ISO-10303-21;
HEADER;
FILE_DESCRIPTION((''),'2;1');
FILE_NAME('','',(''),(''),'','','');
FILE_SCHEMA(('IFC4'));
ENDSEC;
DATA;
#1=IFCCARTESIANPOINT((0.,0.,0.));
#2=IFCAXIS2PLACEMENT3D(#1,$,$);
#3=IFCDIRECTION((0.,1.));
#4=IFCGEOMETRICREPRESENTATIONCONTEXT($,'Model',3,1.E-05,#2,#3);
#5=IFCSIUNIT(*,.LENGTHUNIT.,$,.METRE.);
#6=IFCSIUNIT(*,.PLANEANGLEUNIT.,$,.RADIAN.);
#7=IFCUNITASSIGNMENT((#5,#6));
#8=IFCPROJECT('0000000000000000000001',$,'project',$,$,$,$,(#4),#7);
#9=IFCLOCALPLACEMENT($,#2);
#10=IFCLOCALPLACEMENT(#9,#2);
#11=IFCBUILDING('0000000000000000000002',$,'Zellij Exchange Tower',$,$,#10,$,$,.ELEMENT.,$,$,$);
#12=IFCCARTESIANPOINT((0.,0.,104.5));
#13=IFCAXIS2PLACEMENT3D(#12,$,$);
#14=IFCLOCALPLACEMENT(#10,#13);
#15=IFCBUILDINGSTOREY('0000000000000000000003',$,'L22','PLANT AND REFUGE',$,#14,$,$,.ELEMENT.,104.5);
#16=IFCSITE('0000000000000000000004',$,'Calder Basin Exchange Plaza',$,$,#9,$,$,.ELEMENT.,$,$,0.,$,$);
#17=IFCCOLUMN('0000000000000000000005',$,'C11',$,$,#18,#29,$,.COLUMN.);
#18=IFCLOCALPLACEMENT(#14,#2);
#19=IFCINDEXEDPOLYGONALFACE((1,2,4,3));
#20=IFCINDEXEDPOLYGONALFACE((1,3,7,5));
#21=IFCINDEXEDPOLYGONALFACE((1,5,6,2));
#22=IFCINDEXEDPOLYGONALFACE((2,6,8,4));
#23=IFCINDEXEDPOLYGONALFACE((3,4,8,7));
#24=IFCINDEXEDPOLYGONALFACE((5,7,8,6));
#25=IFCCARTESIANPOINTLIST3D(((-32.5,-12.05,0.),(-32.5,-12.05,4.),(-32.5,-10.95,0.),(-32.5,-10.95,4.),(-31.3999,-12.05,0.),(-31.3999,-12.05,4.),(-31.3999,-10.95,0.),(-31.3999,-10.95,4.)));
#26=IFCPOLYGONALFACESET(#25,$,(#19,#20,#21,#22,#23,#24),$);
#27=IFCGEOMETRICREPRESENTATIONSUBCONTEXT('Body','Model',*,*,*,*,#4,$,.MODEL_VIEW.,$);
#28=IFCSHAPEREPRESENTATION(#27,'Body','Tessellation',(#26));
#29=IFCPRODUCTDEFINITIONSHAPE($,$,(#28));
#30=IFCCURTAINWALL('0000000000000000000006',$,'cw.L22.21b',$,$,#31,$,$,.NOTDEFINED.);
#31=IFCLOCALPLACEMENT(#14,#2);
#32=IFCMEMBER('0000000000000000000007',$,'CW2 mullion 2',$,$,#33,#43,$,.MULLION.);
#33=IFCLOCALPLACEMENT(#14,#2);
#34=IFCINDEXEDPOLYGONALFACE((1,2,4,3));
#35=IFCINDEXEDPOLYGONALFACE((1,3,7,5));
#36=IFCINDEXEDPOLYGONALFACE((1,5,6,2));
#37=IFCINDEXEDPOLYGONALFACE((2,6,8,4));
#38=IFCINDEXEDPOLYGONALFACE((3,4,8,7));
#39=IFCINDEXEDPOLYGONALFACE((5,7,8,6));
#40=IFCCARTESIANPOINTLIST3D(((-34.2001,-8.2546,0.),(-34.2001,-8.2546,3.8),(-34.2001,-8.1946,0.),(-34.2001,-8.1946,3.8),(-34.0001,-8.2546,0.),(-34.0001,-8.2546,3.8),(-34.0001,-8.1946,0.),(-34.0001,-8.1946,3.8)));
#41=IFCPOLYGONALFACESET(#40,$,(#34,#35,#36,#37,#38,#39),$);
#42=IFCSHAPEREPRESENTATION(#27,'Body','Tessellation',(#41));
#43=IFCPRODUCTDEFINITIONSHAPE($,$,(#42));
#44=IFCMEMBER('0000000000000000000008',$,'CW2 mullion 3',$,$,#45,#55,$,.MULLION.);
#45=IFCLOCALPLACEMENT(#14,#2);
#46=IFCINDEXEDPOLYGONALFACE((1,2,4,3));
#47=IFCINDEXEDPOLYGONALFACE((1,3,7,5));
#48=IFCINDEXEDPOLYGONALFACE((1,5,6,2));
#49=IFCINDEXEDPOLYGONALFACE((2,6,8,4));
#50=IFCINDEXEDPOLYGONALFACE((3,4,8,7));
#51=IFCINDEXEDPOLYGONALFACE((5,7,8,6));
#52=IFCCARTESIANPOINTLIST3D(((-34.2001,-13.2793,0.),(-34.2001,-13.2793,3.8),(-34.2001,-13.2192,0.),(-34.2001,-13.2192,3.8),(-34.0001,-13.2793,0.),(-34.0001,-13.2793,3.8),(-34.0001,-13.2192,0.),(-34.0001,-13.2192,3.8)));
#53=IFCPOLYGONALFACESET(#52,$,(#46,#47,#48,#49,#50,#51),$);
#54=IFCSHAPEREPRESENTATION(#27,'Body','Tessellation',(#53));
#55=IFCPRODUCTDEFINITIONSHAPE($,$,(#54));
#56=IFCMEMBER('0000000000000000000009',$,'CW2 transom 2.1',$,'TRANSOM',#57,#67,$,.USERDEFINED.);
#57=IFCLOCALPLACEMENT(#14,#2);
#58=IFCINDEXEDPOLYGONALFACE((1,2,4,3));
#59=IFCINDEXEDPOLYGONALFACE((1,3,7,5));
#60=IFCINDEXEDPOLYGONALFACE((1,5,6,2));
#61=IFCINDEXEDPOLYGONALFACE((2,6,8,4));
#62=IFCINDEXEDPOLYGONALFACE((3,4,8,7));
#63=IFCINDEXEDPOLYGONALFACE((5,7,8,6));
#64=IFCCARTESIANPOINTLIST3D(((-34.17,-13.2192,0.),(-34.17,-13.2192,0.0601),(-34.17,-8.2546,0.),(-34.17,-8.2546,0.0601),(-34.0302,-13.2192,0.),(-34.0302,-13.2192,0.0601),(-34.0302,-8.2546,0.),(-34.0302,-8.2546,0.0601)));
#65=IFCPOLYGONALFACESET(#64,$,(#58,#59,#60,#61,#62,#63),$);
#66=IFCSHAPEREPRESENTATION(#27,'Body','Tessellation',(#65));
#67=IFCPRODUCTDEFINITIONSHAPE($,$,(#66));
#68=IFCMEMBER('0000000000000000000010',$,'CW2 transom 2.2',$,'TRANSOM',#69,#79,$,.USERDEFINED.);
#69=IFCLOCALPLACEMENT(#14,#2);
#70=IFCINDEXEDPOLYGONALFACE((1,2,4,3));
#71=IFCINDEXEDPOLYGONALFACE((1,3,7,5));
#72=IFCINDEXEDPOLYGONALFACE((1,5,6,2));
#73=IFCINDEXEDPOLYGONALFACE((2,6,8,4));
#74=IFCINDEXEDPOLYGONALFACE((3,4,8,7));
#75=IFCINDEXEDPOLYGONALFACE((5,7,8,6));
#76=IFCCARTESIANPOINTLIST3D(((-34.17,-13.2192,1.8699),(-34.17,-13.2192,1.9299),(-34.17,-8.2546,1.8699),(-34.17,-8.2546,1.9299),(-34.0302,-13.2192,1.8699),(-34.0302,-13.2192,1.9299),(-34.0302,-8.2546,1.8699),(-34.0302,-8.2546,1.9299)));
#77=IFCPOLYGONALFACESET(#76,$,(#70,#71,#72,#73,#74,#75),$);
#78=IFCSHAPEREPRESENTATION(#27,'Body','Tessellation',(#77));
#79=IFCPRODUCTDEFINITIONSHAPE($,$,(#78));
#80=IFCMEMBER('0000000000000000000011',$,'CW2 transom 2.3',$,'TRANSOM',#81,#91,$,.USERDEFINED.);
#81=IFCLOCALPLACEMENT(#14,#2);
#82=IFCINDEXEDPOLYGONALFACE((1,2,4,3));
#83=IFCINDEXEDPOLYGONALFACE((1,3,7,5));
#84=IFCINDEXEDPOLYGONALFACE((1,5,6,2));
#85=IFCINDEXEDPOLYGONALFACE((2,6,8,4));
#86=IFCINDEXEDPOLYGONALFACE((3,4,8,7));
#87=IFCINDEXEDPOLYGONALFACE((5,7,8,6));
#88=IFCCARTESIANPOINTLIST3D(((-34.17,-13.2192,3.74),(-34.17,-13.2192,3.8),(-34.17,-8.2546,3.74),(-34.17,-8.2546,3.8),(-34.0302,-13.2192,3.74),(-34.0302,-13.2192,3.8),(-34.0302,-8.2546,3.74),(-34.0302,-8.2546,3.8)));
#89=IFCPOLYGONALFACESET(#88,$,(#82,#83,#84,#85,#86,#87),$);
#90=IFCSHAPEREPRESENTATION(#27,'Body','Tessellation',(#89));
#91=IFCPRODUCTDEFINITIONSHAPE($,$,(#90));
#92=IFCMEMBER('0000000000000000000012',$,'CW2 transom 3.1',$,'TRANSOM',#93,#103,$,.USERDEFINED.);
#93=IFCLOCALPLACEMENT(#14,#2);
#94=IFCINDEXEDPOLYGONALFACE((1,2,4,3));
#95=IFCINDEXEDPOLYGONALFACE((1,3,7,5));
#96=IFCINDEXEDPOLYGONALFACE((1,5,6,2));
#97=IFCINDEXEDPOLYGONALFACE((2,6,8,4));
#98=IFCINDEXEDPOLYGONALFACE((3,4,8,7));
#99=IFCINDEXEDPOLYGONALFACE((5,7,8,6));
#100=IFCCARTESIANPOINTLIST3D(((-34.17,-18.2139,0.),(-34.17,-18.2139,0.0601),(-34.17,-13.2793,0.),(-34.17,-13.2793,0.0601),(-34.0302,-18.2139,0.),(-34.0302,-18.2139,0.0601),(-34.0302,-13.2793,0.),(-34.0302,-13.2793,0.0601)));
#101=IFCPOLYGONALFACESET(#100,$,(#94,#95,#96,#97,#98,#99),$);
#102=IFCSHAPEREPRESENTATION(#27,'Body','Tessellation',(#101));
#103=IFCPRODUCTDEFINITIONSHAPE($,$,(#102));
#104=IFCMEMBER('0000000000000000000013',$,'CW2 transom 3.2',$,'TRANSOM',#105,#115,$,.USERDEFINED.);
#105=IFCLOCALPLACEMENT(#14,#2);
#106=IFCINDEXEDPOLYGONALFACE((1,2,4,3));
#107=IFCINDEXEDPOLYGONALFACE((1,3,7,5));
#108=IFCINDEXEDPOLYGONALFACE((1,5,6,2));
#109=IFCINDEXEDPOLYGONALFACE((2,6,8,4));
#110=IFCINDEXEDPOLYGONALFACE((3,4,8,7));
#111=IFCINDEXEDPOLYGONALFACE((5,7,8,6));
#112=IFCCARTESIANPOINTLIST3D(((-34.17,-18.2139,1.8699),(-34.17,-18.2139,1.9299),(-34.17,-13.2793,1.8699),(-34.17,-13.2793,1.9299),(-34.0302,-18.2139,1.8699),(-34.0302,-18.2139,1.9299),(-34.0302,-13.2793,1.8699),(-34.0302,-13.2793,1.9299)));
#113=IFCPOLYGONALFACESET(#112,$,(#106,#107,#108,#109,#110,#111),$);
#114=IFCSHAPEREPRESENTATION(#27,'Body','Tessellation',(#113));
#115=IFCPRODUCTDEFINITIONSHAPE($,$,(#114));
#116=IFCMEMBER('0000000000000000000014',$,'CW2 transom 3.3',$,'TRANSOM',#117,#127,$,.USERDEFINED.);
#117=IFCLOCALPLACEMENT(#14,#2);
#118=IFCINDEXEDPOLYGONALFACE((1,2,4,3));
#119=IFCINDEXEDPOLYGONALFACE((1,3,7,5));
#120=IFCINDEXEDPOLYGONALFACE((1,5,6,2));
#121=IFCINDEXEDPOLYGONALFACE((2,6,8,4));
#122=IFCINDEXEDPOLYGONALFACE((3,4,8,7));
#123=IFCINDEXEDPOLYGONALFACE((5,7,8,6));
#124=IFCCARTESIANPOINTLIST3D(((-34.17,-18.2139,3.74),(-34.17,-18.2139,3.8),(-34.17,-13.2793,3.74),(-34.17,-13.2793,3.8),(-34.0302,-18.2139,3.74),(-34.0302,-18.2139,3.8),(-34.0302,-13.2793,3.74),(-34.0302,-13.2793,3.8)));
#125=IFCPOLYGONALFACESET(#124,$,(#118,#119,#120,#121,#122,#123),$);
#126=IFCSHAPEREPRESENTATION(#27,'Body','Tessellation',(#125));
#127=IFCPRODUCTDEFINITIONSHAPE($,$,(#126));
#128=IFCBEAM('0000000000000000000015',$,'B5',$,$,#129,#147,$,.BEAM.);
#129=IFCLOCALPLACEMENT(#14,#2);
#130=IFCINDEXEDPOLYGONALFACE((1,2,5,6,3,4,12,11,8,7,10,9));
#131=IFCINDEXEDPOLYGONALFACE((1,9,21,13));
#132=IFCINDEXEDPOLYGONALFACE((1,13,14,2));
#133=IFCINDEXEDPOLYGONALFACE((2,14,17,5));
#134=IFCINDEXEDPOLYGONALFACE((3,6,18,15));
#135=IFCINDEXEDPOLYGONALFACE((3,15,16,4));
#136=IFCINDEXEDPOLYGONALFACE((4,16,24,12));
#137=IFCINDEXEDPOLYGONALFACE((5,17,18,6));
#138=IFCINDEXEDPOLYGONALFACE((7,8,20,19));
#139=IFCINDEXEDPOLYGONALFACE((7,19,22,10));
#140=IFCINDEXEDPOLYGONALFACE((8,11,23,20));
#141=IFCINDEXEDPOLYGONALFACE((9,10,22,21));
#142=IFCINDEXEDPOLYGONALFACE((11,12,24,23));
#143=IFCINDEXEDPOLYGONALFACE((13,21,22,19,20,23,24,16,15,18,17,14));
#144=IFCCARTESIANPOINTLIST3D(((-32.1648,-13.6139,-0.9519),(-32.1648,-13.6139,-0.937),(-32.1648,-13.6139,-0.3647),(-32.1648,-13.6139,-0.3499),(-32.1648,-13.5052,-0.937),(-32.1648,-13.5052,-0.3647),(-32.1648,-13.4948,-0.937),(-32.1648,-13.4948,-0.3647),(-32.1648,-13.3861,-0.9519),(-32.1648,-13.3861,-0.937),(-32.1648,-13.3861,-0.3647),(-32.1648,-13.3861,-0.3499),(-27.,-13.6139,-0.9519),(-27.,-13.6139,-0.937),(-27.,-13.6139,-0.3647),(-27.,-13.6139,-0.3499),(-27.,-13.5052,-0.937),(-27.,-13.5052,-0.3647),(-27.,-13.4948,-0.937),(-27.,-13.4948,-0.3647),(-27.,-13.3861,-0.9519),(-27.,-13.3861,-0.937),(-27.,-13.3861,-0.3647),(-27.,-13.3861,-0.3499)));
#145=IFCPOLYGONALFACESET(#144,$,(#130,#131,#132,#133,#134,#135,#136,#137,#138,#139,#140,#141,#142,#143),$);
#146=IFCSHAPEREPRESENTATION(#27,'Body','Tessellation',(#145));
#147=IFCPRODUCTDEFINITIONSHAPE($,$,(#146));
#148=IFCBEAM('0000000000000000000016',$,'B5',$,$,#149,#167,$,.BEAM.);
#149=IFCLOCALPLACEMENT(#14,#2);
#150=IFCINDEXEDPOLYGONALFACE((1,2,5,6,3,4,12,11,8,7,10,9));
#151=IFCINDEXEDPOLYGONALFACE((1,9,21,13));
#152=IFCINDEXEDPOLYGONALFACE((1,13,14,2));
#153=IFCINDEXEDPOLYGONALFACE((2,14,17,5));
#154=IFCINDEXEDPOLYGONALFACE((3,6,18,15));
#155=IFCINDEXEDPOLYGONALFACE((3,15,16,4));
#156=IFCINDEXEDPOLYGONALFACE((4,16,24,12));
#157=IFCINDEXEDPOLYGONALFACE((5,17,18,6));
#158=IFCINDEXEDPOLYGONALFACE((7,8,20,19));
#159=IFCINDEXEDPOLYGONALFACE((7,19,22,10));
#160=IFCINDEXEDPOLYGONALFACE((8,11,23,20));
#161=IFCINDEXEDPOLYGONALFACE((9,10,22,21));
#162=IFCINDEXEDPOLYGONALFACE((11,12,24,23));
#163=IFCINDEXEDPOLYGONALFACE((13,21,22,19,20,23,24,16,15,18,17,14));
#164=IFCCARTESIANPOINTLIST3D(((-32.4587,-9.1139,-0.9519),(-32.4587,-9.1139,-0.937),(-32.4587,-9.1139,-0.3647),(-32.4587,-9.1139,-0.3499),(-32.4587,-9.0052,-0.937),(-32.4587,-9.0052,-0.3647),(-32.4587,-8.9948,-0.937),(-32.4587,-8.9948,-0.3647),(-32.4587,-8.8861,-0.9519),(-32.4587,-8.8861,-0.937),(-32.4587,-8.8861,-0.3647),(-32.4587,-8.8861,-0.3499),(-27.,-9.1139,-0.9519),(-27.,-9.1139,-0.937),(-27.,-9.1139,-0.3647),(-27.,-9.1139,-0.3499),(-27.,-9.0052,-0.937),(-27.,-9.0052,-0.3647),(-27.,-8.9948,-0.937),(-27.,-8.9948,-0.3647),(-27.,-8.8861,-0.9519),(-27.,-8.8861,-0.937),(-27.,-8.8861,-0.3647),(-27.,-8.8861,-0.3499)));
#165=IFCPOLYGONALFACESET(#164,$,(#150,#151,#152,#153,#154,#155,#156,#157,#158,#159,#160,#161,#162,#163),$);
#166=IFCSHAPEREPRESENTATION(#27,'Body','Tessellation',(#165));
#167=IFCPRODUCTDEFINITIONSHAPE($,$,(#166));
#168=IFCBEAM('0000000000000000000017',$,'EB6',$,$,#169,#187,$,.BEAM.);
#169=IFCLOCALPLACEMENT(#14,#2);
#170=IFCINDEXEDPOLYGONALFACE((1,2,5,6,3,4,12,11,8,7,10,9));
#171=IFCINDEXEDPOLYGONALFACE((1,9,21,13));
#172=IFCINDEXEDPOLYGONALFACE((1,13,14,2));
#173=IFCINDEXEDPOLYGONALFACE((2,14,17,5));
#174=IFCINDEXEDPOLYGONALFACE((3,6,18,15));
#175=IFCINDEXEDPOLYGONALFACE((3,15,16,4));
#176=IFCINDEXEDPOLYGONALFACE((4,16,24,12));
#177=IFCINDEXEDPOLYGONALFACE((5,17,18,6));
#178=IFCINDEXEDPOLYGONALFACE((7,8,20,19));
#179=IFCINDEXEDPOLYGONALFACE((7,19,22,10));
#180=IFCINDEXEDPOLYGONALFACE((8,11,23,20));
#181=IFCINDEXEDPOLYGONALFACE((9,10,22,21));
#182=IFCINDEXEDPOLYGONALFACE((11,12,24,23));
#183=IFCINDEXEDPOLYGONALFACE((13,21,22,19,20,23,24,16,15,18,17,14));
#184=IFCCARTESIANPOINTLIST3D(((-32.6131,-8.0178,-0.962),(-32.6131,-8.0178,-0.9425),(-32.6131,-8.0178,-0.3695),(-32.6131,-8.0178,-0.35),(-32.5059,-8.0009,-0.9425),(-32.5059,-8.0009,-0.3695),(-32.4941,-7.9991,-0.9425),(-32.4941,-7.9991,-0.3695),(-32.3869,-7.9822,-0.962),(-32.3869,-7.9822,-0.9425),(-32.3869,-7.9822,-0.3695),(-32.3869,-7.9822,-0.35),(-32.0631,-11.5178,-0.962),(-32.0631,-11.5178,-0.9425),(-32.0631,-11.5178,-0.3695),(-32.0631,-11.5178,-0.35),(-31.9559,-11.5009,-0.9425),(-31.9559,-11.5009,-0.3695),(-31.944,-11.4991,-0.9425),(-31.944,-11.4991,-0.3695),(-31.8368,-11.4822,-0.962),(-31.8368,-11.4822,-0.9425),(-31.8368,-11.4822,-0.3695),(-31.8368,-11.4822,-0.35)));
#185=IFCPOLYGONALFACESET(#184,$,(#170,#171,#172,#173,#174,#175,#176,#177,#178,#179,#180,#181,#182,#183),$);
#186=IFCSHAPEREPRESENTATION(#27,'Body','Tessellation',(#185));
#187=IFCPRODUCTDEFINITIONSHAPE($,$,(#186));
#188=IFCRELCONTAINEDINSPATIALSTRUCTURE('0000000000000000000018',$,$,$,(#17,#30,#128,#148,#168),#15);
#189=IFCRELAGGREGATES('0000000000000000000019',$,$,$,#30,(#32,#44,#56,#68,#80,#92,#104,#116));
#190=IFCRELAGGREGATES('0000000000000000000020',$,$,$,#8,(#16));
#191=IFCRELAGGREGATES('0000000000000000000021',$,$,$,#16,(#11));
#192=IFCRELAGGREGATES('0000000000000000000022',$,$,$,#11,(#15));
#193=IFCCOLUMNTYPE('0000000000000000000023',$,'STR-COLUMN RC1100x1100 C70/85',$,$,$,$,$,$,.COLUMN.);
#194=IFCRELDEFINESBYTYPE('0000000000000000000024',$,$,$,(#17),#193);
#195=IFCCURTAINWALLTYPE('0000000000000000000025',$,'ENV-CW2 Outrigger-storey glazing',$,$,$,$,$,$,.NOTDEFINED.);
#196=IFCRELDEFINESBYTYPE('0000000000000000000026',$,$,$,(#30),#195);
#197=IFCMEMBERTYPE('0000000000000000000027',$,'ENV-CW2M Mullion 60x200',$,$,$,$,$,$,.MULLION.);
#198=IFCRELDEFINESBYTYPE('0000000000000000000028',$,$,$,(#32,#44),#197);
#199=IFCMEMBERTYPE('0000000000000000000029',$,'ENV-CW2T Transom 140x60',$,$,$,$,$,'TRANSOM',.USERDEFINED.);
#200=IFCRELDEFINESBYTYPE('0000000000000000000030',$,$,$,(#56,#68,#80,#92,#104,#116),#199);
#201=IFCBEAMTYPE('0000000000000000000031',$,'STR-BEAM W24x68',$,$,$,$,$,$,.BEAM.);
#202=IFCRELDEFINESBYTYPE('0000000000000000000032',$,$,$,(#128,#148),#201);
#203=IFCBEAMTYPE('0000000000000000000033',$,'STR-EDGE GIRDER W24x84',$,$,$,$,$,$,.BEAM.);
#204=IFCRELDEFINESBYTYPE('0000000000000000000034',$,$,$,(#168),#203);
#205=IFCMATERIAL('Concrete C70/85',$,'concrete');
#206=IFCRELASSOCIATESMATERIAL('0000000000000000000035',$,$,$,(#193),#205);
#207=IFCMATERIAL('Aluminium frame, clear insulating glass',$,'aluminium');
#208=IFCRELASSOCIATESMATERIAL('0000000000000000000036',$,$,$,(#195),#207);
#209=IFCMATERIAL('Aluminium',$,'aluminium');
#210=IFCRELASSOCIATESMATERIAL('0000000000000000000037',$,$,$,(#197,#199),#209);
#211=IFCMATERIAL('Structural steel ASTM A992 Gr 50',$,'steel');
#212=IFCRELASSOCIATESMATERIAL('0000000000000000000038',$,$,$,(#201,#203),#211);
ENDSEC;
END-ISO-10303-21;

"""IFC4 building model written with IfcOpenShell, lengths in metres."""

from ifc_helpers import new_model, si_unit, direction, frame, origin, origin_2d, place, context, subcontext, project, spatial, rectangle, i_section, extrude, material, material_profile, profile_set, type_object, element, aggregate, save


model = new_model("IFC4")

# Units and contexts
model_context = context("Model", 3, precision=1e-05, world=origin(), true_north=direction((0.0, 1.0)))
body_context = subcontext(model_context, "Body", "Model", "MODEL_VIEW")
ifc_project = project(units=[si_unit("LENGTHUNIT", "METRE"), si_unit("PLANEANGLEUNIT", "RADIAN")], contexts=[model_context])

# Site, building, storey
site_placement = place(None, origin())
site = spatial("IfcSite", under=ifc_project, at=site_placement, Name="Calder Basin Exchange Plaza", CompositionType="ELEMENT", RefElevation=0.0)
building_placement = place(site_placement, origin())
building = spatial("IfcBuilding", under=site, at=building_placement, Name="Zellij Exchange Tower", CompositionType="ELEMENT")
storey_placement = place(building_placement, frame((0.0, 0.0, 104.5)))
storey = spatial("IfcBuildingStorey", under=building, at=storey_placement, Name="L22", Description="PLANT AND REFUGE", CompositionType="ELEMENT", Elevation=104.5)

# Column
ifc_material_1 = material(Name="Concrete C70/85", Category="concrete")
ifc_material_profile_1 = material_profile(ifc_material_1, rectangle(XDim=1.1001, YDim=1.1001, at=origin_2d()), Name="STR-COLUMN RC1100x1100 C70/85")
ifc_profile_set_1 = profile_set([ifc_material_profile_1], Name="Concrete C70/85")
column_type = type_object("IfcColumnType", Name="STR-COLUMN RC1100x1100 C70/85", PredefinedType="COLUMN", material=ifc_profile_set_1)
column_placement = place(storey_placement, frame((-31.95, -11.5, 0.0), z_axis=(0.0, 0.0, 1.0), x_axis=(1.0, 0.0, 0.0)))
element("IfcColumn", 1, at=column_placement, inside=storey, type_object=column_type, Name="C11", PredefinedType="COLUMN", context=body_context, shape_type="SweptSolid", body=[
    extrude(rectangle(XDim=1.1001, YDim=1.1001, at=origin_2d()), origin(), (0.0, 0.0, 1.0), 4.0),
])

# Curtain wall, members
ifc_material_2 = material(Name="Aluminium frame, clear insulating glass", Category="aluminium")
curtain_wall_type = type_object("IfcCurtainWallType", Name="ENV-CW2 Outrigger-storey glazing", PredefinedType="NOTDEFINED", material=ifc_material_2)
curtain_wall_placement = place(storey_placement, origin())
curtain_wall = element("IfcCurtainWall", 2, at=curtain_wall_placement, inside=storey, type_object=curtain_wall_type, Name="cw.L22.21b", PredefinedType="NOTDEFINED")
ifc_material_3 = material(Name="Aluminium", Category="aluminium")
ifc_material_profile_2 = material_profile(ifc_material_3, rectangle(XDim=0.0601, YDim=0.2, at=origin_2d()), Name="AL 60x200")
ifc_profile_set_2 = profile_set([ifc_material_profile_2], Name="Aluminium")
member_type_1 = type_object("IfcMemberType", Name="ENV-CW2M Mullion 60x200", PredefinedType="MULLION", material=ifc_profile_set_2)
member_1_placement = place(storey_placement, frame((-34.1001, -8.2246, 0.0), z_axis=(0.0, 0.0, 1.0), x_axis=(0.0, -1.0, 0.0)))
member_1 = element("IfcMember", 3, at=member_1_placement, type_object=member_type_1, Name="CW2 mullion 2", PredefinedType="MULLION", context=body_context, shape_type="SweptSolid", body=[
    extrude(rectangle(XDim=0.0601, YDim=0.2, at=origin_2d()), origin(), (0.0, 0.0, 1.0), 3.8),
])
member_2_placement = place(storey_placement, frame((-34.1001, -13.2493, 0.0), z_axis=(0.0, 0.0, 1.0), x_axis=(0.0, -1.0, 0.0)))
member_2 = element("IfcMember", 4, at=member_2_placement, type_object=member_type_1, Name="CW2 mullion 3", PredefinedType="MULLION", context=body_context, shape_type="SweptSolid", body=[
    extrude(rectangle(XDim=0.0601, YDim=0.2, at=origin_2d()), origin(), (0.0, 0.0, 1.0), 3.8),
])
ifc_material_profile_3 = material_profile(ifc_material_3, rectangle(XDim=0.1399, YDim=0.0601, at=origin_2d()), Name="AL 140x60")
ifc_profile_set_3 = profile_set([ifc_material_profile_3], Name="Aluminium")
member_type_2 = type_object("IfcMemberType", Name="ENV-CW2T Transom 140x60", ElementType="TRANSOM", PredefinedType="USERDEFINED", material=ifc_profile_set_3)
member_3_placement = place(storey_placement, frame((-34.1001, -8.2546, 0.03), z_axis=(0.0, -1.0, 0.0), x_axis=(1.0, 0.0, 0.0)))
member_3 = element("IfcMember", 5, at=member_3_placement, type_object=member_type_2, Name="CW2 transom 2.1", ObjectType="TRANSOM", PredefinedType="USERDEFINED", context=body_context, shape_type="SweptSolid", body=[
    extrude(rectangle(XDim=0.1399, YDim=0.0601, at=origin_2d()), origin(), (0.0, 0.0, 1.0), 4.9646),
])
member_4_placement = place(storey_placement, frame((-34.1001, -8.2546, 1.8999), z_axis=(0.0, -1.0, 0.0), x_axis=(1.0, 0.0, 0.0)))
member_4 = element("IfcMember", 6, at=member_4_placement, type_object=member_type_2, Name="CW2 transom 2.2", ObjectType="TRANSOM", PredefinedType="USERDEFINED", context=body_context, shape_type="SweptSolid", body=[
    extrude(rectangle(XDim=0.1399, YDim=0.0601, at=origin_2d()), origin(), (0.0, 0.0, 1.0), 4.9646),
])
member_5_placement = place(storey_placement, frame((-34.1001, -8.2546, 3.77), z_axis=(0.0, -1.0, 0.0), x_axis=(1.0, 0.0, 0.0)))
member_5 = element("IfcMember", 7, at=member_5_placement, type_object=member_type_2, Name="CW2 transom 2.3", ObjectType="TRANSOM", PredefinedType="USERDEFINED", context=body_context, shape_type="SweptSolid", body=[
    extrude(rectangle(XDim=0.1399, YDim=0.0601, at=origin_2d()), origin(), (0.0, 0.0, 1.0), 4.9646),
])
member_6_placement = place(storey_placement, frame((-34.1001, -13.2793, 0.03), z_axis=(0.0, -1.0, 0.0), x_axis=(1.0, 0.0, 0.0)))
member_6 = element("IfcMember", 8, at=member_6_placement, type_object=member_type_2, Name="CW2 transom 3.1", ObjectType="TRANSOM", PredefinedType="USERDEFINED", context=body_context, shape_type="SweptSolid", body=[
    extrude(rectangle(XDim=0.1399, YDim=0.0601, at=origin_2d()), origin(), (0.0, 0.0, 1.0), 4.9346),
])
member_7_placement = place(storey_placement, frame((-34.1001, -13.2793, 1.8999), z_axis=(0.0, -1.0, 0.0), x_axis=(1.0, 0.0, 0.0)))
member_7 = element("IfcMember", 9, at=member_7_placement, type_object=member_type_2, Name="CW2 transom 3.2", ObjectType="TRANSOM", PredefinedType="USERDEFINED", context=body_context, shape_type="SweptSolid", body=[
    extrude(rectangle(XDim=0.1399, YDim=0.0601, at=origin_2d()), origin(), (0.0, 0.0, 1.0), 4.9346),
])
member_8_placement = place(storey_placement, frame((-34.1001, -13.2793, 3.77), z_axis=(0.0, -1.0, 0.0), x_axis=(1.0, 0.0, 0.0)))
member_8 = element("IfcMember", 10, at=member_8_placement, type_object=member_type_2, Name="CW2 transom 3.3", ObjectType="TRANSOM", PredefinedType="USERDEFINED", context=body_context, shape_type="SweptSolid", body=[
    extrude(rectangle(XDim=0.1399, YDim=0.0601, at=origin_2d()), origin(), (0.0, 0.0, 1.0), 4.9346),
])

# Beams
ifc_material_4 = material(Name="Structural steel ASTM A992 Gr 50", Category="steel")
ifc_material_profile_4 = material_profile(ifc_material_4, i_section(OverallWidth=0.2278, OverallDepth=0.6021, WebThickness=0.0105, FlangeThickness=0.0149, at=origin_2d()), Name="W24x68")
ifc_profile_set_4 = profile_set([ifc_material_profile_4], Name="Structural steel ASTM A992 Gr 50")
beam_type_1 = type_object("IfcBeamType", Name="STR-BEAM W24x68", PredefinedType="BEAM", material=ifc_profile_set_4)
beam_1_placement = place(storey_placement, frame((-32.1648, -13.5, -0.6509), z_axis=(1.0, 0.0, 0.0), x_axis=(0.0, 1.0, 0.0)))
element("IfcBeam", 11, at=beam_1_placement, inside=storey, type_object=beam_type_1, Name="B5", PredefinedType="BEAM", context=body_context, shape_type="SweptSolid", body=[
    extrude(i_section(OverallWidth=0.2278, OverallDepth=0.6021, WebThickness=0.0105, FlangeThickness=0.0149, at=origin_2d()), origin(), (0.0, 0.0, 1.0), 5.1648),
])
beam_2_placement = place(storey_placement, frame((-32.4587, -9.0, -0.6509), z_axis=(1.0, 0.0, 0.0), x_axis=(0.0, 1.0, 0.0)))
element("IfcBeam", 12, at=beam_2_placement, inside=storey, type_object=beam_type_1, Name="B5", PredefinedType="BEAM", context=body_context, shape_type="SweptSolid", body=[
    extrude(i_section(OverallWidth=0.2278, OverallDepth=0.6021, WebThickness=0.0105, FlangeThickness=0.0149, at=origin_2d()), origin(), (0.0, 0.0, 1.0), 5.4587),
])
ifc_material_profile_5 = material_profile(ifc_material_4, i_section(OverallWidth=0.229, OverallDepth=0.6121, WebThickness=0.012, FlangeThickness=0.0195, at=origin_2d()), Name="W24x84")
ifc_profile_set_5 = profile_set([ifc_material_profile_5], Name="Structural steel ASTM A992 Gr 50")
beam_type_2 = type_object("IfcBeamType", Name="STR-EDGE GIRDER W24x84", PredefinedType="BEAM", material=ifc_profile_set_5)
beam_3_placement = place(storey_placement, frame((-31.95, -11.5, -0.656), z_axis=(-0.155251, 0.987875, 0.0), x_axis=(-0.987875, -0.155251, 0.0)))
element("IfcBeam", 13, at=beam_3_placement, inside=storey, type_object=beam_type_2, Name="EB6", PredefinedType="BEAM", context=body_context, shape_type="SweptSolid", body=[
    extrude(i_section(OverallWidth=0.229, OverallDepth=0.6121, WebThickness=0.012, FlangeThickness=0.0195, at=origin_2d()), origin(), (0.0, 0.0, 1.0), 3.543),
])

aggregate(curtain_wall, [member_1, member_2, member_3, member_4, member_5, member_6, member_7, member_8])

save(model, "model.ifc")
